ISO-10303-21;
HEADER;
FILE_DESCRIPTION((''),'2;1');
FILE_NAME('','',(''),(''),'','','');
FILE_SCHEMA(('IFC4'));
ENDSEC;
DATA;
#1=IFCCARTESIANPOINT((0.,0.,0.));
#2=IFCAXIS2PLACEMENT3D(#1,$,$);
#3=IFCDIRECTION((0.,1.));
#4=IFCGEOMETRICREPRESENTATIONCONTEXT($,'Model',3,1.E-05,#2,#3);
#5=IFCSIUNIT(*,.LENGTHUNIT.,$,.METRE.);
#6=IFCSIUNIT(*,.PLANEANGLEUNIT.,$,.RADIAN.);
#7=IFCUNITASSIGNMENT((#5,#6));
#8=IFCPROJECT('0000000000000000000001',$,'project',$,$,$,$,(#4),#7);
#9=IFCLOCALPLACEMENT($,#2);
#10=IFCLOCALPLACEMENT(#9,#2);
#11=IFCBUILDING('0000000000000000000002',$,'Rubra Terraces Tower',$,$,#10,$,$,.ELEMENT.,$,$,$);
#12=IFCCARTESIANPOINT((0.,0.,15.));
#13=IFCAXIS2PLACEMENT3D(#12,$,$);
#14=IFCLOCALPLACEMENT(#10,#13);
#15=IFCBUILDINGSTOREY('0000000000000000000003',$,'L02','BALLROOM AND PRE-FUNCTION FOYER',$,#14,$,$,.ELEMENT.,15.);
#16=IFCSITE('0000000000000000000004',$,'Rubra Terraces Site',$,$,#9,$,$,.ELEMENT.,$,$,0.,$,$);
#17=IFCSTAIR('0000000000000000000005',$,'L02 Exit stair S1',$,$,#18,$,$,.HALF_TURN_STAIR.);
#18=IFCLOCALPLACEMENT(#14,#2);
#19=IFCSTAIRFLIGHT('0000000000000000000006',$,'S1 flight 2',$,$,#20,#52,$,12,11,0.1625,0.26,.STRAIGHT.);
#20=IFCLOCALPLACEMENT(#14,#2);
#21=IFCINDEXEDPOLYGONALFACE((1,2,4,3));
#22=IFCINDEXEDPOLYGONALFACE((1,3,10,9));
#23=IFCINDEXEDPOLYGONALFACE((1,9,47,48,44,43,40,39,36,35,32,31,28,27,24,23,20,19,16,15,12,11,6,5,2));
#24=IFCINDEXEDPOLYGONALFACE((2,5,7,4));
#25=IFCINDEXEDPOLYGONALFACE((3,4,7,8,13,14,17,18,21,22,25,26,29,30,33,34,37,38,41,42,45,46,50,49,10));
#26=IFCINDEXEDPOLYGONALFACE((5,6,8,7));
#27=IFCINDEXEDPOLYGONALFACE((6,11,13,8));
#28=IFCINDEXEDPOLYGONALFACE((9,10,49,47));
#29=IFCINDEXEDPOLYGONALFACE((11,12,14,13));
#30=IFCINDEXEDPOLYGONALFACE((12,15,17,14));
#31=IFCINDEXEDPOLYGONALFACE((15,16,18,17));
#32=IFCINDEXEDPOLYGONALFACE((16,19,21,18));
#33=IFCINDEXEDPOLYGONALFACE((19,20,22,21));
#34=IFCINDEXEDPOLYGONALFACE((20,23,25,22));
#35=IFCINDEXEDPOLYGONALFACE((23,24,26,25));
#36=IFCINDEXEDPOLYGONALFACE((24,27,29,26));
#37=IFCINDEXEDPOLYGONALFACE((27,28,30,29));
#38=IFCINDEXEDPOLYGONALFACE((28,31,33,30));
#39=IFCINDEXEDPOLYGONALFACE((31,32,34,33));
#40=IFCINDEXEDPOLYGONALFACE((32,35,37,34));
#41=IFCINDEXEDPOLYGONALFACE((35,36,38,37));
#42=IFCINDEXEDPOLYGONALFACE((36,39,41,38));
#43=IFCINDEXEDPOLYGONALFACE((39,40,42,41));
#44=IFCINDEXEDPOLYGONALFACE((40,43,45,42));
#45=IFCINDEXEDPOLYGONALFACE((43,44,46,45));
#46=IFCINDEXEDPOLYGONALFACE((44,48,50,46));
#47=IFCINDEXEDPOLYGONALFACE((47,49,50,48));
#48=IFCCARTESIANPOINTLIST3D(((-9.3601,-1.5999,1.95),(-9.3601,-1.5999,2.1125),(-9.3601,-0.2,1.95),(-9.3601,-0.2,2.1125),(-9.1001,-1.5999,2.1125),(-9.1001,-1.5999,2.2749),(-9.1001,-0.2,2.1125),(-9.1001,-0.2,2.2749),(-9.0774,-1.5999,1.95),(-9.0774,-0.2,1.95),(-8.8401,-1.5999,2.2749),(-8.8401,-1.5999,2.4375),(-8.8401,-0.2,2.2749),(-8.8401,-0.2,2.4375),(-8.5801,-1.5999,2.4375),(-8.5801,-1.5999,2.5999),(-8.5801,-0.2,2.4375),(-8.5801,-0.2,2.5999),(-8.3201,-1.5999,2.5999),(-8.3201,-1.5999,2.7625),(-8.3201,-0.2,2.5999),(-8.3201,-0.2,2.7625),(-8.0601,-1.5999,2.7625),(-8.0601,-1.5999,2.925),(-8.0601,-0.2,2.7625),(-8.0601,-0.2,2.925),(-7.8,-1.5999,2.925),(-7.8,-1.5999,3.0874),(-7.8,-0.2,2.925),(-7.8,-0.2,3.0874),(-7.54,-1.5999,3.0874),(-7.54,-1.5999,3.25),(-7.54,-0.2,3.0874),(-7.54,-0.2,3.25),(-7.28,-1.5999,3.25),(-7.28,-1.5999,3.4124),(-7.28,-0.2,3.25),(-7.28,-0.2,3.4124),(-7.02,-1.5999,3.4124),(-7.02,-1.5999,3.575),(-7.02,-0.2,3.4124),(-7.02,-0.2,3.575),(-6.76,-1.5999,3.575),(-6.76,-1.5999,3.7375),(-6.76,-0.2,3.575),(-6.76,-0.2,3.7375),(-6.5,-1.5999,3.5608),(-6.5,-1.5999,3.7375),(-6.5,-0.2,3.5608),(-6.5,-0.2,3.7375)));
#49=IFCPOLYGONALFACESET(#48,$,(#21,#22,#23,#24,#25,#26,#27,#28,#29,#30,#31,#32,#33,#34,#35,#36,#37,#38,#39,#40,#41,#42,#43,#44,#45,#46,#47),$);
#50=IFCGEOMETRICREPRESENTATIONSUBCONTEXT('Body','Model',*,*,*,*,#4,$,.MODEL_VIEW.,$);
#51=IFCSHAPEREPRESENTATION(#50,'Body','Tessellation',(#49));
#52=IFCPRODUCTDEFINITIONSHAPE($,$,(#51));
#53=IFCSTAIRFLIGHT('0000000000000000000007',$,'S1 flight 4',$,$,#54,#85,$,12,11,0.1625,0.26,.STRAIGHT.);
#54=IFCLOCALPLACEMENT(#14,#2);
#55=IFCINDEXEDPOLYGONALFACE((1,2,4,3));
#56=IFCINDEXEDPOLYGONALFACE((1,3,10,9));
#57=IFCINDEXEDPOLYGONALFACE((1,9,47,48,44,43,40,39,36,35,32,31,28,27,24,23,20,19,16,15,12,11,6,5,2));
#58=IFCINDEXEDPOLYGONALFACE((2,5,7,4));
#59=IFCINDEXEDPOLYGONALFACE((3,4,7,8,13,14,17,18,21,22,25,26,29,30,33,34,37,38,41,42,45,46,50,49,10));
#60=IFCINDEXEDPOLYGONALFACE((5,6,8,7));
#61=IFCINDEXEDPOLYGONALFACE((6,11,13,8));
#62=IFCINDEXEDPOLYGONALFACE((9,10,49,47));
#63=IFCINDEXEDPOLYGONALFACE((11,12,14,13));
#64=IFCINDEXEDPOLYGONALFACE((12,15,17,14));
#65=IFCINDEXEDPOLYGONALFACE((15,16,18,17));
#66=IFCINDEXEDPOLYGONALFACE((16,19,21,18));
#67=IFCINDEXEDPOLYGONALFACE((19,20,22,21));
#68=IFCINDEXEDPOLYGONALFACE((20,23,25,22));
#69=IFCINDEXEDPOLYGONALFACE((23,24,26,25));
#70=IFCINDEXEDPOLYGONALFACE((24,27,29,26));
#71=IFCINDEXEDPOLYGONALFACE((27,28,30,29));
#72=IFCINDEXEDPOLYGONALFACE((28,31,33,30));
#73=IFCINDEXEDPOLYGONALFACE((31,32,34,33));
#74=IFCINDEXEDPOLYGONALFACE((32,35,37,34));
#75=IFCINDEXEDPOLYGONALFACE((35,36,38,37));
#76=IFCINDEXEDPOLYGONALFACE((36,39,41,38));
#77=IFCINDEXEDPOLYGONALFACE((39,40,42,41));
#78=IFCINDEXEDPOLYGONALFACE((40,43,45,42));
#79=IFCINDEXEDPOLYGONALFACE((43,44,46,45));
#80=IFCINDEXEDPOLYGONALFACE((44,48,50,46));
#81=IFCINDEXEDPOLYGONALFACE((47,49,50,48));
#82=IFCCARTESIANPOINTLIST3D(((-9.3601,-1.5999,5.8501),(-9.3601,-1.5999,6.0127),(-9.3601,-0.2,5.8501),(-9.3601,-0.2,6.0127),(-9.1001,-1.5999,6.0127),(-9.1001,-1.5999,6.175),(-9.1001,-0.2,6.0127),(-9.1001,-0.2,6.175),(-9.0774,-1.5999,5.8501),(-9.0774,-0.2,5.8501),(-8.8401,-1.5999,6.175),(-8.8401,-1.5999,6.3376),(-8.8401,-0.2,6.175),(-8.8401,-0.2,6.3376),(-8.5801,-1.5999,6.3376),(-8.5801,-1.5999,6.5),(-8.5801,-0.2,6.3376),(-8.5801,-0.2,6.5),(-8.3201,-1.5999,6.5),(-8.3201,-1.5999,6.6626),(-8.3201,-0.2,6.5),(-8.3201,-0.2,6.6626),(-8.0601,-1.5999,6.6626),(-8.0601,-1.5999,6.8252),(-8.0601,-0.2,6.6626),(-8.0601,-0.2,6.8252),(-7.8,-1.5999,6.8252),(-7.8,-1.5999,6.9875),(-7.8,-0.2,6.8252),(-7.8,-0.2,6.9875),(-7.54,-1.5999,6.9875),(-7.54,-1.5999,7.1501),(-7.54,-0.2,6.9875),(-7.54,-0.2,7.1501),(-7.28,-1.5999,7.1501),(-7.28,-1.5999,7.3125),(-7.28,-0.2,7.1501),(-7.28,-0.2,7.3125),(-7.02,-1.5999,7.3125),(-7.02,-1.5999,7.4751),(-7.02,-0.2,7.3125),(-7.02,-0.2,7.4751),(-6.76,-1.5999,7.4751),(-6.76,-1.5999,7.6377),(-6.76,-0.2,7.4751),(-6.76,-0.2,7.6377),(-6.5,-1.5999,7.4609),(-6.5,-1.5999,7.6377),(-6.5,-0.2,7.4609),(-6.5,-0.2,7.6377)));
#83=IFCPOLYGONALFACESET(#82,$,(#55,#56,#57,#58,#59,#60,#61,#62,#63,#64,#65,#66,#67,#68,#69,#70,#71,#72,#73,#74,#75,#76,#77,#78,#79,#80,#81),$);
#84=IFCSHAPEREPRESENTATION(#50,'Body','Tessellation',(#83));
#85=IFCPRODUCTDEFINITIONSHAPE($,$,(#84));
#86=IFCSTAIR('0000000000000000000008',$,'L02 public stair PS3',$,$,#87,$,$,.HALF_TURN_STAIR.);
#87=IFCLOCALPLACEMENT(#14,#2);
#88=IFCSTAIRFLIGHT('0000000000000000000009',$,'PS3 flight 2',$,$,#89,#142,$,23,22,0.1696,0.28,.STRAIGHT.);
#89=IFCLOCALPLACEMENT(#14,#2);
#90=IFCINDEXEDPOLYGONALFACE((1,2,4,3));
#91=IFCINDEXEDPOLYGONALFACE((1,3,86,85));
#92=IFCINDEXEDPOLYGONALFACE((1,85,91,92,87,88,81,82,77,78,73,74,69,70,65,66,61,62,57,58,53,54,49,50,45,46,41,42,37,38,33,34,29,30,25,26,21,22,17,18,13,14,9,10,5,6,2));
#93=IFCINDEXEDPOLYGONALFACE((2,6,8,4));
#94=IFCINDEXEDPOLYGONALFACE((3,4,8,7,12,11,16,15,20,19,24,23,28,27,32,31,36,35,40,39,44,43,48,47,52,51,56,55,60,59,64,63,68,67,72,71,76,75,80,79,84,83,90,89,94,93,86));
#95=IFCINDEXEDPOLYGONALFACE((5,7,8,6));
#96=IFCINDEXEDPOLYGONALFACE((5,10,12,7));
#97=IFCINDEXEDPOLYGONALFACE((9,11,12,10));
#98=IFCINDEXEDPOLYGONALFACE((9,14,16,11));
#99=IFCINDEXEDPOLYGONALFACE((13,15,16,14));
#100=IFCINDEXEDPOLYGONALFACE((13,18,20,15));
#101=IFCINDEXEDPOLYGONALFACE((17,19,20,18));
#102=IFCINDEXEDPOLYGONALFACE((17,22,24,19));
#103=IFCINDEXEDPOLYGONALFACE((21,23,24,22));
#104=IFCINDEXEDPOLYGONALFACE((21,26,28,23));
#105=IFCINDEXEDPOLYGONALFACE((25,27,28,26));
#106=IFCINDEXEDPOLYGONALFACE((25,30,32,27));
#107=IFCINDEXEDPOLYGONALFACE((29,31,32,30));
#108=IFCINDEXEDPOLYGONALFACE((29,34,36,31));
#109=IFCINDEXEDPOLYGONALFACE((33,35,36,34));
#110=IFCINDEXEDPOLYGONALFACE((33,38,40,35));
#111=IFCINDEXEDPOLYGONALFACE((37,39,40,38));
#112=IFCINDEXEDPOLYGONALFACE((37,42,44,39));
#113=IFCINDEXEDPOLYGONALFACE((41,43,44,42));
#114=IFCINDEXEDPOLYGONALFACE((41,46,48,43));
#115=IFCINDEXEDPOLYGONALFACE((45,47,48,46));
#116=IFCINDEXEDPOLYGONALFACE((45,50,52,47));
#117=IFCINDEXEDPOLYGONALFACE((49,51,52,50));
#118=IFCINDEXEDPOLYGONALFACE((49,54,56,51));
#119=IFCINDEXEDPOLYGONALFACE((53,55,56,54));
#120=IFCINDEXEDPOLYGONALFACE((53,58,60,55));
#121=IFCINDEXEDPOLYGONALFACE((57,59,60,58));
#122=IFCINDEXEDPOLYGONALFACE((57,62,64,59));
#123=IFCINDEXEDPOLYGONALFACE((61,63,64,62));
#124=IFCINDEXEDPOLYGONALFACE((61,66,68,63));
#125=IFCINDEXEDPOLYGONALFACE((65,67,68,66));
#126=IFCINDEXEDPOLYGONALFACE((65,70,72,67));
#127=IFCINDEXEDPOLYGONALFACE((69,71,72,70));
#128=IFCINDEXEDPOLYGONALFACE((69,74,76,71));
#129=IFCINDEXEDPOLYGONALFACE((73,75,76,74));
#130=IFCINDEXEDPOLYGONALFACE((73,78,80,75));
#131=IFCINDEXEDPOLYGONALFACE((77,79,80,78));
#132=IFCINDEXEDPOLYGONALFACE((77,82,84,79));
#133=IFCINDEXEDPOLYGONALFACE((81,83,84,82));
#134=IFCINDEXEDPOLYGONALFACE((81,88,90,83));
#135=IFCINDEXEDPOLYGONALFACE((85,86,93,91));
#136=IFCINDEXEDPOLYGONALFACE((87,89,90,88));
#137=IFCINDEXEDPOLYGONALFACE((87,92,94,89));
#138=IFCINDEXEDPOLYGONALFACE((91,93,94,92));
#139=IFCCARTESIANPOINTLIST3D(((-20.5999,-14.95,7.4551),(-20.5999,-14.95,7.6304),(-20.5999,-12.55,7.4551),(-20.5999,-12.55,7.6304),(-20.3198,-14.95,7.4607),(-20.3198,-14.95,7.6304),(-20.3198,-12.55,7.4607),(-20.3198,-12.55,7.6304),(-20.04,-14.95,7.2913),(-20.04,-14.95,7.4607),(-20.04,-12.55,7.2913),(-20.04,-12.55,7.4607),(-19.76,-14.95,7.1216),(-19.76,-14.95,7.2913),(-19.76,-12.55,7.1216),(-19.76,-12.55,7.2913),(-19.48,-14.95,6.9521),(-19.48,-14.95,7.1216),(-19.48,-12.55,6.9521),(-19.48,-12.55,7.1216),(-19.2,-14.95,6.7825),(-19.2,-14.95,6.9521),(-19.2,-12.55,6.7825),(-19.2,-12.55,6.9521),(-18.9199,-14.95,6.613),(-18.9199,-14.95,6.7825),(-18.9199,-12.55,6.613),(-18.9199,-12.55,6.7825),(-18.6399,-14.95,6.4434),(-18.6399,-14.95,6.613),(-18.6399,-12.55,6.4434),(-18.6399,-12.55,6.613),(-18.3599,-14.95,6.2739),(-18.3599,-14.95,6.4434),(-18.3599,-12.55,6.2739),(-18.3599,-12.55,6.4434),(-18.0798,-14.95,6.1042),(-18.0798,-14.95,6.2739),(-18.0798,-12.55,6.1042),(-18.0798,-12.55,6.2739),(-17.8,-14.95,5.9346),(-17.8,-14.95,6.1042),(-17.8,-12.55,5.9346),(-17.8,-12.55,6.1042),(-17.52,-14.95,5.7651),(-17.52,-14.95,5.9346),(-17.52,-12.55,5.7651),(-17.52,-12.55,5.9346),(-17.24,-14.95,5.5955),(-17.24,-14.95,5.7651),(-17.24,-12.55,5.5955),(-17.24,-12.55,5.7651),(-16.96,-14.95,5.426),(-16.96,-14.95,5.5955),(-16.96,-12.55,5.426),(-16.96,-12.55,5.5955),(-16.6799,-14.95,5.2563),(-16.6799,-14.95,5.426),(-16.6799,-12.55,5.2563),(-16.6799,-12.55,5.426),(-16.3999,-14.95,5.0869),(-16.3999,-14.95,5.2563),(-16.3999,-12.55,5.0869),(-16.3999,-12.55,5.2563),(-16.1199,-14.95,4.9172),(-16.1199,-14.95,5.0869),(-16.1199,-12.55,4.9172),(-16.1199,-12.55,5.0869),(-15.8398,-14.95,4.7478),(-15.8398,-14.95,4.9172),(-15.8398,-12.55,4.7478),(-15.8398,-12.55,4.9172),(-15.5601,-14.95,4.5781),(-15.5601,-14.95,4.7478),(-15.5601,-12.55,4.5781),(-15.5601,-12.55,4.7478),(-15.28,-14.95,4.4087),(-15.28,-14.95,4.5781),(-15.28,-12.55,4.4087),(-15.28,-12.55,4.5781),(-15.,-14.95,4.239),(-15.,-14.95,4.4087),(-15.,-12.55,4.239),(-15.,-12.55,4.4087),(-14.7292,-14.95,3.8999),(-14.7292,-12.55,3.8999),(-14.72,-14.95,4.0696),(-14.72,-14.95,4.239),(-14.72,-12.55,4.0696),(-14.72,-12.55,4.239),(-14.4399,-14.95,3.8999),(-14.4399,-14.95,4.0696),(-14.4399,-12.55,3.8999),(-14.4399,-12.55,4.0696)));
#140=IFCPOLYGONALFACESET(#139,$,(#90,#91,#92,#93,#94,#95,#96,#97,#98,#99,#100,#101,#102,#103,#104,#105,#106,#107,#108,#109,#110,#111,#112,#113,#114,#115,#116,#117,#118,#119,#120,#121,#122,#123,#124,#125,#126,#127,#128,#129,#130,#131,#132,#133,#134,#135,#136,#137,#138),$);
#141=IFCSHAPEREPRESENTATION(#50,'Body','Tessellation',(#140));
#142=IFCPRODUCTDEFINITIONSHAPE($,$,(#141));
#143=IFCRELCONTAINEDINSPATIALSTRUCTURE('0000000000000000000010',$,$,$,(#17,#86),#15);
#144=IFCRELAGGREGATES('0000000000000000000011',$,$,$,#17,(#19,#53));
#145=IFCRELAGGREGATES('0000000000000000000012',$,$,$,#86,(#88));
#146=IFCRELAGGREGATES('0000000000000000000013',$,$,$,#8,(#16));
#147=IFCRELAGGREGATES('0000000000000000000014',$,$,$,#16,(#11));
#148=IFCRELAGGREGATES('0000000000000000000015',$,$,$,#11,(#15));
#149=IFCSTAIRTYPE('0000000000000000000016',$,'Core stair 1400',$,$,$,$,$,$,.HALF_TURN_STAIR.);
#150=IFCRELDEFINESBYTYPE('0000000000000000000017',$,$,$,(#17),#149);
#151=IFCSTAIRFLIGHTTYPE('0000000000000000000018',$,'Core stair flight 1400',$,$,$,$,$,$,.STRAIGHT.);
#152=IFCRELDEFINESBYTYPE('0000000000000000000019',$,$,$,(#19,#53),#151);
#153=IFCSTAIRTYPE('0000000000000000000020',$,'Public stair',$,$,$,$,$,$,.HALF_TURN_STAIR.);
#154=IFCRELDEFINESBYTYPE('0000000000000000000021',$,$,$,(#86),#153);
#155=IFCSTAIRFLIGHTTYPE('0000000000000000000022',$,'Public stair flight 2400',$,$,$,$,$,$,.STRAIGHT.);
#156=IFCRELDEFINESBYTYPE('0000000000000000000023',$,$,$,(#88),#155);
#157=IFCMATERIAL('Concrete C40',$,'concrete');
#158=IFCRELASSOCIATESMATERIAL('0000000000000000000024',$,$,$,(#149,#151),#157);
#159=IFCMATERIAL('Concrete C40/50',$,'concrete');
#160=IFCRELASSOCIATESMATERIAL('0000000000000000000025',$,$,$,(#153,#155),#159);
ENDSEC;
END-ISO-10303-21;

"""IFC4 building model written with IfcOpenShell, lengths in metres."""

from ifc_helpers import new_model, si_unit, direction, frame, origin, place, context, subcontext, project, spatial, polyline, outline, extrude, material, type_object, element, aggregate, save


model = new_model("IFC4")

# Units and contexts
model_context = context("Model", 3, precision=1e-05, world=origin(), true_north=direction((0.0, 1.0)))
body_context = subcontext(model_context, "Body", "Model", "MODEL_VIEW")
ifc_project = project(units=[si_unit("LENGTHUNIT", "METRE"), si_unit("PLANEANGLEUNIT", "RADIAN")], contexts=[model_context])

# Site, building, storey
site_placement = place(None, origin())
site = spatial("IfcSite", under=ifc_project, at=site_placement, Name="Rubra Terraces Site", CompositionType="ELEMENT", RefElevation=0.0)
building_placement = place(site_placement, origin())
building = spatial("IfcBuilding", under=site, at=building_placement, Name="Rubra Terraces Tower", CompositionType="ELEMENT")
storey_placement = place(building_placement, frame((0.0, 0.0, 15.0)))
storey = spatial("IfcBuildingStorey", under=building, at=storey_placement, Name="L02", Description="BALLROOM AND PRE-FUNCTION FOYER", CompositionType="ELEMENT", Elevation=15.0)

# Shared definitions
ifc_material_1 = material(Name="Concrete C40", Category="concrete")

# Shared definitions
ifc_material_2 = material(Name="Concrete C40/50", Category="concrete")

# Stair, stair flights
stair_type_1 = type_object("IfcStairType", Name="Core stair 1400", PredefinedType="HALF_TURN_STAIR", material=ifc_material_1)
stair_1_placement = place(storey_placement, origin())
stair_1 = element("IfcStair", 1, at=stair_1_placement, inside=storey, type_object=stair_type_1, Name="L02 Exit stair S1", PredefinedType="HALF_TURN_STAIR")
stair_flight_type_1 = type_object("IfcStairFlightType", Name="Core stair flight 1400", PredefinedType="STRAIGHT", material=ifc_material_1)
stair_flight_1_placement = place(storey_placement, frame((-9.3601, -0.8999, 1.95), z_axis=(0.0, 0.0, 1.0), x_axis=(1.0, 0.0, 0.0)))
stair_flight_1 = element("IfcStairFlight", 2, at=stair_flight_1_placement, type_object=stair_flight_type_1, Name="S1 flight 2", NumberOfRisers=12, NumberOfTreads=11, PredefinedType="STRAIGHT", RiserHeight=0.1625, TreadLength=0.26, context=body_context, shape_type="SweptSolid", body=[
    extrude(outline(polyline([(0.0, 0.0), (0.0, 0.1626), (0.26, 0.1626), (0.26, 0.325), (0.52, 0.325), (0.52, 0.4875), (0.78, 0.4875), (0.78, 0.6499), (1.04, 0.6499), (1.04, 0.8125), (1.3, 0.8125), (1.3, 0.9751), (1.5601, 0.9751), (1.5601, 1.1375), (1.8201, 1.1375), (1.8201, 1.3), (2.0801, 1.3), (2.0801, 1.4624), (2.3401, 1.4624), (2.3401, 1.625), (2.6001, 1.625), (2.6001, 1.7876), (2.8601, 1.7876), (2.8601, 1.95), (2.8601, 1.6108), (0.2827, 0.0), (0.0, 0.0)])), frame((0.0, 0.7, 0.0), z_axis=(0.0, -1.0, 0.0), x_axis=(1.0, 0.0, 0.0)), (0.0, 0.0, 1.0), 1.3999),
])
stair_flight_2_placement = place(storey_placement, frame((-9.3601, -0.8999, 5.8501), z_axis=(0.0, 0.0, 1.0), x_axis=(1.0, 0.0, 0.0)))
stair_flight_2 = element("IfcStairFlight", 3, at=stair_flight_2_placement, type_object=stair_flight_type_1, Name="S1 flight 4", NumberOfRisers=12, NumberOfTreads=11, PredefinedType="STRAIGHT", RiserHeight=0.1625, TreadLength=0.26, context=body_context, shape_type="SweptSolid", body=[
    extrude(outline(polyline([(0.0, 0.0), (0.0, 0.1626), (0.26, 0.1626), (0.26, 0.325), (0.52, 0.325), (0.52, 0.4875), (0.78, 0.4875), (0.78, 0.6499), (1.04, 0.6499), (1.04, 0.8125), (1.3, 0.8125), (1.3, 0.9751), (1.5601, 0.9751), (1.5601, 1.1375), (1.8201, 1.1375), (1.8201, 1.3), (2.0801, 1.3), (2.0801, 1.4624), (2.3401, 1.4624), (2.3401, 1.625), (2.6001, 1.625), (2.6001, 1.7876), (2.8601, 1.7876), (2.8601, 1.95), (2.8601, 1.6108), (0.2827, 0.0), (0.0, 0.0)])), frame((0.0, 0.7, 0.0), z_axis=(0.0, -1.0, 0.0), x_axis=(1.0, 0.0, 0.0)), (0.0, 0.0, 1.0), 1.3999),
])
aggregate(stair_1, [stair_flight_1, stair_flight_2])

# Stair, stair flight
stair_type_2 = type_object("IfcStairType", Name="Public stair", PredefinedType="HALF_TURN_STAIR", material=ifc_material_2)
stair_2_placement = place(storey_placement, origin())
stair_2 = element("IfcStair", 4, at=stair_2_placement, inside=storey, type_object=stair_type_2, Name="L02 public stair PS3", PredefinedType="HALF_TURN_STAIR")
stair_flight_type_2 = type_object("IfcStairFlightType", Name="Public stair flight 2400", PredefinedType="STRAIGHT", material=ifc_material_2)
stair_flight_3_placement = place(storey_placement, frame((-14.4399, -13.75, 3.8999), z_axis=(0.0, 0.0, 1.0), x_axis=(-1.0, 0.0, 0.0)))
stair_flight_3 = element("IfcStairFlight", 5, at=stair_flight_3_placement, type_object=stair_flight_type_2, Name="PS3 flight 2", NumberOfRisers=23, NumberOfTreads=22, PredefinedType="STRAIGHT", RiserHeight=0.1696, TreadLength=0.28, context=body_context, shape_type="SweptSolid", body=[
    extrude(outline(polyline([(0.0, 0.0), (0.0, 0.1697), (0.28, 0.1697), (0.28, 0.3391), (0.5601, 0.3391), (0.5601, 0.5088), (0.8401, 0.5088), (0.8401, 0.6782), (1.1201, 0.6782), (1.1201, 0.8479), (1.3999, 0.8479), (1.3999, 1.0173), (1.6799, 1.0173), (1.6799, 1.187), (1.96, 1.187), (1.96, 1.3564), (2.24, 1.3564), (2.24, 1.5261), (2.52, 1.5261), (2.52, 1.6956), (2.8, 1.6956), (2.8, 1.8652), (3.0801, 1.8652), (3.0801, 2.0347), (3.3601, 2.0347), (3.3601, 2.2043), (3.6399, 2.2043), (3.6399, 2.374), (3.9199, 2.374), (3.9199, 2.5435), (4.2, 2.5435), (4.2, 2.7131), (4.48, 2.7131), (4.48, 2.8826), (4.76, 2.8826), (4.76, 3.0522), (5.04, 3.0522), (5.04, 3.2217), (5.3201, 3.2217), (5.3201, 3.3914), (5.6001, 3.3914), (5.6001, 3.5608), (5.8799, 3.5608), (5.8799, 3.7305), (6.1599, 3.7305), (6.1599, 3.8999), (6.1599, 3.5552), (0.2893, 0.0), (0.0, 0.0)])), frame((0.0, 1.2, 0.0), z_axis=(0.0, -1.0, 0.0), x_axis=(1.0, 0.0, 0.0)), (0.0, 0.0, 1.0), 2.3999),
])
aggregate(stair_2, [stair_flight_3])

save(model, "model.ifc")
